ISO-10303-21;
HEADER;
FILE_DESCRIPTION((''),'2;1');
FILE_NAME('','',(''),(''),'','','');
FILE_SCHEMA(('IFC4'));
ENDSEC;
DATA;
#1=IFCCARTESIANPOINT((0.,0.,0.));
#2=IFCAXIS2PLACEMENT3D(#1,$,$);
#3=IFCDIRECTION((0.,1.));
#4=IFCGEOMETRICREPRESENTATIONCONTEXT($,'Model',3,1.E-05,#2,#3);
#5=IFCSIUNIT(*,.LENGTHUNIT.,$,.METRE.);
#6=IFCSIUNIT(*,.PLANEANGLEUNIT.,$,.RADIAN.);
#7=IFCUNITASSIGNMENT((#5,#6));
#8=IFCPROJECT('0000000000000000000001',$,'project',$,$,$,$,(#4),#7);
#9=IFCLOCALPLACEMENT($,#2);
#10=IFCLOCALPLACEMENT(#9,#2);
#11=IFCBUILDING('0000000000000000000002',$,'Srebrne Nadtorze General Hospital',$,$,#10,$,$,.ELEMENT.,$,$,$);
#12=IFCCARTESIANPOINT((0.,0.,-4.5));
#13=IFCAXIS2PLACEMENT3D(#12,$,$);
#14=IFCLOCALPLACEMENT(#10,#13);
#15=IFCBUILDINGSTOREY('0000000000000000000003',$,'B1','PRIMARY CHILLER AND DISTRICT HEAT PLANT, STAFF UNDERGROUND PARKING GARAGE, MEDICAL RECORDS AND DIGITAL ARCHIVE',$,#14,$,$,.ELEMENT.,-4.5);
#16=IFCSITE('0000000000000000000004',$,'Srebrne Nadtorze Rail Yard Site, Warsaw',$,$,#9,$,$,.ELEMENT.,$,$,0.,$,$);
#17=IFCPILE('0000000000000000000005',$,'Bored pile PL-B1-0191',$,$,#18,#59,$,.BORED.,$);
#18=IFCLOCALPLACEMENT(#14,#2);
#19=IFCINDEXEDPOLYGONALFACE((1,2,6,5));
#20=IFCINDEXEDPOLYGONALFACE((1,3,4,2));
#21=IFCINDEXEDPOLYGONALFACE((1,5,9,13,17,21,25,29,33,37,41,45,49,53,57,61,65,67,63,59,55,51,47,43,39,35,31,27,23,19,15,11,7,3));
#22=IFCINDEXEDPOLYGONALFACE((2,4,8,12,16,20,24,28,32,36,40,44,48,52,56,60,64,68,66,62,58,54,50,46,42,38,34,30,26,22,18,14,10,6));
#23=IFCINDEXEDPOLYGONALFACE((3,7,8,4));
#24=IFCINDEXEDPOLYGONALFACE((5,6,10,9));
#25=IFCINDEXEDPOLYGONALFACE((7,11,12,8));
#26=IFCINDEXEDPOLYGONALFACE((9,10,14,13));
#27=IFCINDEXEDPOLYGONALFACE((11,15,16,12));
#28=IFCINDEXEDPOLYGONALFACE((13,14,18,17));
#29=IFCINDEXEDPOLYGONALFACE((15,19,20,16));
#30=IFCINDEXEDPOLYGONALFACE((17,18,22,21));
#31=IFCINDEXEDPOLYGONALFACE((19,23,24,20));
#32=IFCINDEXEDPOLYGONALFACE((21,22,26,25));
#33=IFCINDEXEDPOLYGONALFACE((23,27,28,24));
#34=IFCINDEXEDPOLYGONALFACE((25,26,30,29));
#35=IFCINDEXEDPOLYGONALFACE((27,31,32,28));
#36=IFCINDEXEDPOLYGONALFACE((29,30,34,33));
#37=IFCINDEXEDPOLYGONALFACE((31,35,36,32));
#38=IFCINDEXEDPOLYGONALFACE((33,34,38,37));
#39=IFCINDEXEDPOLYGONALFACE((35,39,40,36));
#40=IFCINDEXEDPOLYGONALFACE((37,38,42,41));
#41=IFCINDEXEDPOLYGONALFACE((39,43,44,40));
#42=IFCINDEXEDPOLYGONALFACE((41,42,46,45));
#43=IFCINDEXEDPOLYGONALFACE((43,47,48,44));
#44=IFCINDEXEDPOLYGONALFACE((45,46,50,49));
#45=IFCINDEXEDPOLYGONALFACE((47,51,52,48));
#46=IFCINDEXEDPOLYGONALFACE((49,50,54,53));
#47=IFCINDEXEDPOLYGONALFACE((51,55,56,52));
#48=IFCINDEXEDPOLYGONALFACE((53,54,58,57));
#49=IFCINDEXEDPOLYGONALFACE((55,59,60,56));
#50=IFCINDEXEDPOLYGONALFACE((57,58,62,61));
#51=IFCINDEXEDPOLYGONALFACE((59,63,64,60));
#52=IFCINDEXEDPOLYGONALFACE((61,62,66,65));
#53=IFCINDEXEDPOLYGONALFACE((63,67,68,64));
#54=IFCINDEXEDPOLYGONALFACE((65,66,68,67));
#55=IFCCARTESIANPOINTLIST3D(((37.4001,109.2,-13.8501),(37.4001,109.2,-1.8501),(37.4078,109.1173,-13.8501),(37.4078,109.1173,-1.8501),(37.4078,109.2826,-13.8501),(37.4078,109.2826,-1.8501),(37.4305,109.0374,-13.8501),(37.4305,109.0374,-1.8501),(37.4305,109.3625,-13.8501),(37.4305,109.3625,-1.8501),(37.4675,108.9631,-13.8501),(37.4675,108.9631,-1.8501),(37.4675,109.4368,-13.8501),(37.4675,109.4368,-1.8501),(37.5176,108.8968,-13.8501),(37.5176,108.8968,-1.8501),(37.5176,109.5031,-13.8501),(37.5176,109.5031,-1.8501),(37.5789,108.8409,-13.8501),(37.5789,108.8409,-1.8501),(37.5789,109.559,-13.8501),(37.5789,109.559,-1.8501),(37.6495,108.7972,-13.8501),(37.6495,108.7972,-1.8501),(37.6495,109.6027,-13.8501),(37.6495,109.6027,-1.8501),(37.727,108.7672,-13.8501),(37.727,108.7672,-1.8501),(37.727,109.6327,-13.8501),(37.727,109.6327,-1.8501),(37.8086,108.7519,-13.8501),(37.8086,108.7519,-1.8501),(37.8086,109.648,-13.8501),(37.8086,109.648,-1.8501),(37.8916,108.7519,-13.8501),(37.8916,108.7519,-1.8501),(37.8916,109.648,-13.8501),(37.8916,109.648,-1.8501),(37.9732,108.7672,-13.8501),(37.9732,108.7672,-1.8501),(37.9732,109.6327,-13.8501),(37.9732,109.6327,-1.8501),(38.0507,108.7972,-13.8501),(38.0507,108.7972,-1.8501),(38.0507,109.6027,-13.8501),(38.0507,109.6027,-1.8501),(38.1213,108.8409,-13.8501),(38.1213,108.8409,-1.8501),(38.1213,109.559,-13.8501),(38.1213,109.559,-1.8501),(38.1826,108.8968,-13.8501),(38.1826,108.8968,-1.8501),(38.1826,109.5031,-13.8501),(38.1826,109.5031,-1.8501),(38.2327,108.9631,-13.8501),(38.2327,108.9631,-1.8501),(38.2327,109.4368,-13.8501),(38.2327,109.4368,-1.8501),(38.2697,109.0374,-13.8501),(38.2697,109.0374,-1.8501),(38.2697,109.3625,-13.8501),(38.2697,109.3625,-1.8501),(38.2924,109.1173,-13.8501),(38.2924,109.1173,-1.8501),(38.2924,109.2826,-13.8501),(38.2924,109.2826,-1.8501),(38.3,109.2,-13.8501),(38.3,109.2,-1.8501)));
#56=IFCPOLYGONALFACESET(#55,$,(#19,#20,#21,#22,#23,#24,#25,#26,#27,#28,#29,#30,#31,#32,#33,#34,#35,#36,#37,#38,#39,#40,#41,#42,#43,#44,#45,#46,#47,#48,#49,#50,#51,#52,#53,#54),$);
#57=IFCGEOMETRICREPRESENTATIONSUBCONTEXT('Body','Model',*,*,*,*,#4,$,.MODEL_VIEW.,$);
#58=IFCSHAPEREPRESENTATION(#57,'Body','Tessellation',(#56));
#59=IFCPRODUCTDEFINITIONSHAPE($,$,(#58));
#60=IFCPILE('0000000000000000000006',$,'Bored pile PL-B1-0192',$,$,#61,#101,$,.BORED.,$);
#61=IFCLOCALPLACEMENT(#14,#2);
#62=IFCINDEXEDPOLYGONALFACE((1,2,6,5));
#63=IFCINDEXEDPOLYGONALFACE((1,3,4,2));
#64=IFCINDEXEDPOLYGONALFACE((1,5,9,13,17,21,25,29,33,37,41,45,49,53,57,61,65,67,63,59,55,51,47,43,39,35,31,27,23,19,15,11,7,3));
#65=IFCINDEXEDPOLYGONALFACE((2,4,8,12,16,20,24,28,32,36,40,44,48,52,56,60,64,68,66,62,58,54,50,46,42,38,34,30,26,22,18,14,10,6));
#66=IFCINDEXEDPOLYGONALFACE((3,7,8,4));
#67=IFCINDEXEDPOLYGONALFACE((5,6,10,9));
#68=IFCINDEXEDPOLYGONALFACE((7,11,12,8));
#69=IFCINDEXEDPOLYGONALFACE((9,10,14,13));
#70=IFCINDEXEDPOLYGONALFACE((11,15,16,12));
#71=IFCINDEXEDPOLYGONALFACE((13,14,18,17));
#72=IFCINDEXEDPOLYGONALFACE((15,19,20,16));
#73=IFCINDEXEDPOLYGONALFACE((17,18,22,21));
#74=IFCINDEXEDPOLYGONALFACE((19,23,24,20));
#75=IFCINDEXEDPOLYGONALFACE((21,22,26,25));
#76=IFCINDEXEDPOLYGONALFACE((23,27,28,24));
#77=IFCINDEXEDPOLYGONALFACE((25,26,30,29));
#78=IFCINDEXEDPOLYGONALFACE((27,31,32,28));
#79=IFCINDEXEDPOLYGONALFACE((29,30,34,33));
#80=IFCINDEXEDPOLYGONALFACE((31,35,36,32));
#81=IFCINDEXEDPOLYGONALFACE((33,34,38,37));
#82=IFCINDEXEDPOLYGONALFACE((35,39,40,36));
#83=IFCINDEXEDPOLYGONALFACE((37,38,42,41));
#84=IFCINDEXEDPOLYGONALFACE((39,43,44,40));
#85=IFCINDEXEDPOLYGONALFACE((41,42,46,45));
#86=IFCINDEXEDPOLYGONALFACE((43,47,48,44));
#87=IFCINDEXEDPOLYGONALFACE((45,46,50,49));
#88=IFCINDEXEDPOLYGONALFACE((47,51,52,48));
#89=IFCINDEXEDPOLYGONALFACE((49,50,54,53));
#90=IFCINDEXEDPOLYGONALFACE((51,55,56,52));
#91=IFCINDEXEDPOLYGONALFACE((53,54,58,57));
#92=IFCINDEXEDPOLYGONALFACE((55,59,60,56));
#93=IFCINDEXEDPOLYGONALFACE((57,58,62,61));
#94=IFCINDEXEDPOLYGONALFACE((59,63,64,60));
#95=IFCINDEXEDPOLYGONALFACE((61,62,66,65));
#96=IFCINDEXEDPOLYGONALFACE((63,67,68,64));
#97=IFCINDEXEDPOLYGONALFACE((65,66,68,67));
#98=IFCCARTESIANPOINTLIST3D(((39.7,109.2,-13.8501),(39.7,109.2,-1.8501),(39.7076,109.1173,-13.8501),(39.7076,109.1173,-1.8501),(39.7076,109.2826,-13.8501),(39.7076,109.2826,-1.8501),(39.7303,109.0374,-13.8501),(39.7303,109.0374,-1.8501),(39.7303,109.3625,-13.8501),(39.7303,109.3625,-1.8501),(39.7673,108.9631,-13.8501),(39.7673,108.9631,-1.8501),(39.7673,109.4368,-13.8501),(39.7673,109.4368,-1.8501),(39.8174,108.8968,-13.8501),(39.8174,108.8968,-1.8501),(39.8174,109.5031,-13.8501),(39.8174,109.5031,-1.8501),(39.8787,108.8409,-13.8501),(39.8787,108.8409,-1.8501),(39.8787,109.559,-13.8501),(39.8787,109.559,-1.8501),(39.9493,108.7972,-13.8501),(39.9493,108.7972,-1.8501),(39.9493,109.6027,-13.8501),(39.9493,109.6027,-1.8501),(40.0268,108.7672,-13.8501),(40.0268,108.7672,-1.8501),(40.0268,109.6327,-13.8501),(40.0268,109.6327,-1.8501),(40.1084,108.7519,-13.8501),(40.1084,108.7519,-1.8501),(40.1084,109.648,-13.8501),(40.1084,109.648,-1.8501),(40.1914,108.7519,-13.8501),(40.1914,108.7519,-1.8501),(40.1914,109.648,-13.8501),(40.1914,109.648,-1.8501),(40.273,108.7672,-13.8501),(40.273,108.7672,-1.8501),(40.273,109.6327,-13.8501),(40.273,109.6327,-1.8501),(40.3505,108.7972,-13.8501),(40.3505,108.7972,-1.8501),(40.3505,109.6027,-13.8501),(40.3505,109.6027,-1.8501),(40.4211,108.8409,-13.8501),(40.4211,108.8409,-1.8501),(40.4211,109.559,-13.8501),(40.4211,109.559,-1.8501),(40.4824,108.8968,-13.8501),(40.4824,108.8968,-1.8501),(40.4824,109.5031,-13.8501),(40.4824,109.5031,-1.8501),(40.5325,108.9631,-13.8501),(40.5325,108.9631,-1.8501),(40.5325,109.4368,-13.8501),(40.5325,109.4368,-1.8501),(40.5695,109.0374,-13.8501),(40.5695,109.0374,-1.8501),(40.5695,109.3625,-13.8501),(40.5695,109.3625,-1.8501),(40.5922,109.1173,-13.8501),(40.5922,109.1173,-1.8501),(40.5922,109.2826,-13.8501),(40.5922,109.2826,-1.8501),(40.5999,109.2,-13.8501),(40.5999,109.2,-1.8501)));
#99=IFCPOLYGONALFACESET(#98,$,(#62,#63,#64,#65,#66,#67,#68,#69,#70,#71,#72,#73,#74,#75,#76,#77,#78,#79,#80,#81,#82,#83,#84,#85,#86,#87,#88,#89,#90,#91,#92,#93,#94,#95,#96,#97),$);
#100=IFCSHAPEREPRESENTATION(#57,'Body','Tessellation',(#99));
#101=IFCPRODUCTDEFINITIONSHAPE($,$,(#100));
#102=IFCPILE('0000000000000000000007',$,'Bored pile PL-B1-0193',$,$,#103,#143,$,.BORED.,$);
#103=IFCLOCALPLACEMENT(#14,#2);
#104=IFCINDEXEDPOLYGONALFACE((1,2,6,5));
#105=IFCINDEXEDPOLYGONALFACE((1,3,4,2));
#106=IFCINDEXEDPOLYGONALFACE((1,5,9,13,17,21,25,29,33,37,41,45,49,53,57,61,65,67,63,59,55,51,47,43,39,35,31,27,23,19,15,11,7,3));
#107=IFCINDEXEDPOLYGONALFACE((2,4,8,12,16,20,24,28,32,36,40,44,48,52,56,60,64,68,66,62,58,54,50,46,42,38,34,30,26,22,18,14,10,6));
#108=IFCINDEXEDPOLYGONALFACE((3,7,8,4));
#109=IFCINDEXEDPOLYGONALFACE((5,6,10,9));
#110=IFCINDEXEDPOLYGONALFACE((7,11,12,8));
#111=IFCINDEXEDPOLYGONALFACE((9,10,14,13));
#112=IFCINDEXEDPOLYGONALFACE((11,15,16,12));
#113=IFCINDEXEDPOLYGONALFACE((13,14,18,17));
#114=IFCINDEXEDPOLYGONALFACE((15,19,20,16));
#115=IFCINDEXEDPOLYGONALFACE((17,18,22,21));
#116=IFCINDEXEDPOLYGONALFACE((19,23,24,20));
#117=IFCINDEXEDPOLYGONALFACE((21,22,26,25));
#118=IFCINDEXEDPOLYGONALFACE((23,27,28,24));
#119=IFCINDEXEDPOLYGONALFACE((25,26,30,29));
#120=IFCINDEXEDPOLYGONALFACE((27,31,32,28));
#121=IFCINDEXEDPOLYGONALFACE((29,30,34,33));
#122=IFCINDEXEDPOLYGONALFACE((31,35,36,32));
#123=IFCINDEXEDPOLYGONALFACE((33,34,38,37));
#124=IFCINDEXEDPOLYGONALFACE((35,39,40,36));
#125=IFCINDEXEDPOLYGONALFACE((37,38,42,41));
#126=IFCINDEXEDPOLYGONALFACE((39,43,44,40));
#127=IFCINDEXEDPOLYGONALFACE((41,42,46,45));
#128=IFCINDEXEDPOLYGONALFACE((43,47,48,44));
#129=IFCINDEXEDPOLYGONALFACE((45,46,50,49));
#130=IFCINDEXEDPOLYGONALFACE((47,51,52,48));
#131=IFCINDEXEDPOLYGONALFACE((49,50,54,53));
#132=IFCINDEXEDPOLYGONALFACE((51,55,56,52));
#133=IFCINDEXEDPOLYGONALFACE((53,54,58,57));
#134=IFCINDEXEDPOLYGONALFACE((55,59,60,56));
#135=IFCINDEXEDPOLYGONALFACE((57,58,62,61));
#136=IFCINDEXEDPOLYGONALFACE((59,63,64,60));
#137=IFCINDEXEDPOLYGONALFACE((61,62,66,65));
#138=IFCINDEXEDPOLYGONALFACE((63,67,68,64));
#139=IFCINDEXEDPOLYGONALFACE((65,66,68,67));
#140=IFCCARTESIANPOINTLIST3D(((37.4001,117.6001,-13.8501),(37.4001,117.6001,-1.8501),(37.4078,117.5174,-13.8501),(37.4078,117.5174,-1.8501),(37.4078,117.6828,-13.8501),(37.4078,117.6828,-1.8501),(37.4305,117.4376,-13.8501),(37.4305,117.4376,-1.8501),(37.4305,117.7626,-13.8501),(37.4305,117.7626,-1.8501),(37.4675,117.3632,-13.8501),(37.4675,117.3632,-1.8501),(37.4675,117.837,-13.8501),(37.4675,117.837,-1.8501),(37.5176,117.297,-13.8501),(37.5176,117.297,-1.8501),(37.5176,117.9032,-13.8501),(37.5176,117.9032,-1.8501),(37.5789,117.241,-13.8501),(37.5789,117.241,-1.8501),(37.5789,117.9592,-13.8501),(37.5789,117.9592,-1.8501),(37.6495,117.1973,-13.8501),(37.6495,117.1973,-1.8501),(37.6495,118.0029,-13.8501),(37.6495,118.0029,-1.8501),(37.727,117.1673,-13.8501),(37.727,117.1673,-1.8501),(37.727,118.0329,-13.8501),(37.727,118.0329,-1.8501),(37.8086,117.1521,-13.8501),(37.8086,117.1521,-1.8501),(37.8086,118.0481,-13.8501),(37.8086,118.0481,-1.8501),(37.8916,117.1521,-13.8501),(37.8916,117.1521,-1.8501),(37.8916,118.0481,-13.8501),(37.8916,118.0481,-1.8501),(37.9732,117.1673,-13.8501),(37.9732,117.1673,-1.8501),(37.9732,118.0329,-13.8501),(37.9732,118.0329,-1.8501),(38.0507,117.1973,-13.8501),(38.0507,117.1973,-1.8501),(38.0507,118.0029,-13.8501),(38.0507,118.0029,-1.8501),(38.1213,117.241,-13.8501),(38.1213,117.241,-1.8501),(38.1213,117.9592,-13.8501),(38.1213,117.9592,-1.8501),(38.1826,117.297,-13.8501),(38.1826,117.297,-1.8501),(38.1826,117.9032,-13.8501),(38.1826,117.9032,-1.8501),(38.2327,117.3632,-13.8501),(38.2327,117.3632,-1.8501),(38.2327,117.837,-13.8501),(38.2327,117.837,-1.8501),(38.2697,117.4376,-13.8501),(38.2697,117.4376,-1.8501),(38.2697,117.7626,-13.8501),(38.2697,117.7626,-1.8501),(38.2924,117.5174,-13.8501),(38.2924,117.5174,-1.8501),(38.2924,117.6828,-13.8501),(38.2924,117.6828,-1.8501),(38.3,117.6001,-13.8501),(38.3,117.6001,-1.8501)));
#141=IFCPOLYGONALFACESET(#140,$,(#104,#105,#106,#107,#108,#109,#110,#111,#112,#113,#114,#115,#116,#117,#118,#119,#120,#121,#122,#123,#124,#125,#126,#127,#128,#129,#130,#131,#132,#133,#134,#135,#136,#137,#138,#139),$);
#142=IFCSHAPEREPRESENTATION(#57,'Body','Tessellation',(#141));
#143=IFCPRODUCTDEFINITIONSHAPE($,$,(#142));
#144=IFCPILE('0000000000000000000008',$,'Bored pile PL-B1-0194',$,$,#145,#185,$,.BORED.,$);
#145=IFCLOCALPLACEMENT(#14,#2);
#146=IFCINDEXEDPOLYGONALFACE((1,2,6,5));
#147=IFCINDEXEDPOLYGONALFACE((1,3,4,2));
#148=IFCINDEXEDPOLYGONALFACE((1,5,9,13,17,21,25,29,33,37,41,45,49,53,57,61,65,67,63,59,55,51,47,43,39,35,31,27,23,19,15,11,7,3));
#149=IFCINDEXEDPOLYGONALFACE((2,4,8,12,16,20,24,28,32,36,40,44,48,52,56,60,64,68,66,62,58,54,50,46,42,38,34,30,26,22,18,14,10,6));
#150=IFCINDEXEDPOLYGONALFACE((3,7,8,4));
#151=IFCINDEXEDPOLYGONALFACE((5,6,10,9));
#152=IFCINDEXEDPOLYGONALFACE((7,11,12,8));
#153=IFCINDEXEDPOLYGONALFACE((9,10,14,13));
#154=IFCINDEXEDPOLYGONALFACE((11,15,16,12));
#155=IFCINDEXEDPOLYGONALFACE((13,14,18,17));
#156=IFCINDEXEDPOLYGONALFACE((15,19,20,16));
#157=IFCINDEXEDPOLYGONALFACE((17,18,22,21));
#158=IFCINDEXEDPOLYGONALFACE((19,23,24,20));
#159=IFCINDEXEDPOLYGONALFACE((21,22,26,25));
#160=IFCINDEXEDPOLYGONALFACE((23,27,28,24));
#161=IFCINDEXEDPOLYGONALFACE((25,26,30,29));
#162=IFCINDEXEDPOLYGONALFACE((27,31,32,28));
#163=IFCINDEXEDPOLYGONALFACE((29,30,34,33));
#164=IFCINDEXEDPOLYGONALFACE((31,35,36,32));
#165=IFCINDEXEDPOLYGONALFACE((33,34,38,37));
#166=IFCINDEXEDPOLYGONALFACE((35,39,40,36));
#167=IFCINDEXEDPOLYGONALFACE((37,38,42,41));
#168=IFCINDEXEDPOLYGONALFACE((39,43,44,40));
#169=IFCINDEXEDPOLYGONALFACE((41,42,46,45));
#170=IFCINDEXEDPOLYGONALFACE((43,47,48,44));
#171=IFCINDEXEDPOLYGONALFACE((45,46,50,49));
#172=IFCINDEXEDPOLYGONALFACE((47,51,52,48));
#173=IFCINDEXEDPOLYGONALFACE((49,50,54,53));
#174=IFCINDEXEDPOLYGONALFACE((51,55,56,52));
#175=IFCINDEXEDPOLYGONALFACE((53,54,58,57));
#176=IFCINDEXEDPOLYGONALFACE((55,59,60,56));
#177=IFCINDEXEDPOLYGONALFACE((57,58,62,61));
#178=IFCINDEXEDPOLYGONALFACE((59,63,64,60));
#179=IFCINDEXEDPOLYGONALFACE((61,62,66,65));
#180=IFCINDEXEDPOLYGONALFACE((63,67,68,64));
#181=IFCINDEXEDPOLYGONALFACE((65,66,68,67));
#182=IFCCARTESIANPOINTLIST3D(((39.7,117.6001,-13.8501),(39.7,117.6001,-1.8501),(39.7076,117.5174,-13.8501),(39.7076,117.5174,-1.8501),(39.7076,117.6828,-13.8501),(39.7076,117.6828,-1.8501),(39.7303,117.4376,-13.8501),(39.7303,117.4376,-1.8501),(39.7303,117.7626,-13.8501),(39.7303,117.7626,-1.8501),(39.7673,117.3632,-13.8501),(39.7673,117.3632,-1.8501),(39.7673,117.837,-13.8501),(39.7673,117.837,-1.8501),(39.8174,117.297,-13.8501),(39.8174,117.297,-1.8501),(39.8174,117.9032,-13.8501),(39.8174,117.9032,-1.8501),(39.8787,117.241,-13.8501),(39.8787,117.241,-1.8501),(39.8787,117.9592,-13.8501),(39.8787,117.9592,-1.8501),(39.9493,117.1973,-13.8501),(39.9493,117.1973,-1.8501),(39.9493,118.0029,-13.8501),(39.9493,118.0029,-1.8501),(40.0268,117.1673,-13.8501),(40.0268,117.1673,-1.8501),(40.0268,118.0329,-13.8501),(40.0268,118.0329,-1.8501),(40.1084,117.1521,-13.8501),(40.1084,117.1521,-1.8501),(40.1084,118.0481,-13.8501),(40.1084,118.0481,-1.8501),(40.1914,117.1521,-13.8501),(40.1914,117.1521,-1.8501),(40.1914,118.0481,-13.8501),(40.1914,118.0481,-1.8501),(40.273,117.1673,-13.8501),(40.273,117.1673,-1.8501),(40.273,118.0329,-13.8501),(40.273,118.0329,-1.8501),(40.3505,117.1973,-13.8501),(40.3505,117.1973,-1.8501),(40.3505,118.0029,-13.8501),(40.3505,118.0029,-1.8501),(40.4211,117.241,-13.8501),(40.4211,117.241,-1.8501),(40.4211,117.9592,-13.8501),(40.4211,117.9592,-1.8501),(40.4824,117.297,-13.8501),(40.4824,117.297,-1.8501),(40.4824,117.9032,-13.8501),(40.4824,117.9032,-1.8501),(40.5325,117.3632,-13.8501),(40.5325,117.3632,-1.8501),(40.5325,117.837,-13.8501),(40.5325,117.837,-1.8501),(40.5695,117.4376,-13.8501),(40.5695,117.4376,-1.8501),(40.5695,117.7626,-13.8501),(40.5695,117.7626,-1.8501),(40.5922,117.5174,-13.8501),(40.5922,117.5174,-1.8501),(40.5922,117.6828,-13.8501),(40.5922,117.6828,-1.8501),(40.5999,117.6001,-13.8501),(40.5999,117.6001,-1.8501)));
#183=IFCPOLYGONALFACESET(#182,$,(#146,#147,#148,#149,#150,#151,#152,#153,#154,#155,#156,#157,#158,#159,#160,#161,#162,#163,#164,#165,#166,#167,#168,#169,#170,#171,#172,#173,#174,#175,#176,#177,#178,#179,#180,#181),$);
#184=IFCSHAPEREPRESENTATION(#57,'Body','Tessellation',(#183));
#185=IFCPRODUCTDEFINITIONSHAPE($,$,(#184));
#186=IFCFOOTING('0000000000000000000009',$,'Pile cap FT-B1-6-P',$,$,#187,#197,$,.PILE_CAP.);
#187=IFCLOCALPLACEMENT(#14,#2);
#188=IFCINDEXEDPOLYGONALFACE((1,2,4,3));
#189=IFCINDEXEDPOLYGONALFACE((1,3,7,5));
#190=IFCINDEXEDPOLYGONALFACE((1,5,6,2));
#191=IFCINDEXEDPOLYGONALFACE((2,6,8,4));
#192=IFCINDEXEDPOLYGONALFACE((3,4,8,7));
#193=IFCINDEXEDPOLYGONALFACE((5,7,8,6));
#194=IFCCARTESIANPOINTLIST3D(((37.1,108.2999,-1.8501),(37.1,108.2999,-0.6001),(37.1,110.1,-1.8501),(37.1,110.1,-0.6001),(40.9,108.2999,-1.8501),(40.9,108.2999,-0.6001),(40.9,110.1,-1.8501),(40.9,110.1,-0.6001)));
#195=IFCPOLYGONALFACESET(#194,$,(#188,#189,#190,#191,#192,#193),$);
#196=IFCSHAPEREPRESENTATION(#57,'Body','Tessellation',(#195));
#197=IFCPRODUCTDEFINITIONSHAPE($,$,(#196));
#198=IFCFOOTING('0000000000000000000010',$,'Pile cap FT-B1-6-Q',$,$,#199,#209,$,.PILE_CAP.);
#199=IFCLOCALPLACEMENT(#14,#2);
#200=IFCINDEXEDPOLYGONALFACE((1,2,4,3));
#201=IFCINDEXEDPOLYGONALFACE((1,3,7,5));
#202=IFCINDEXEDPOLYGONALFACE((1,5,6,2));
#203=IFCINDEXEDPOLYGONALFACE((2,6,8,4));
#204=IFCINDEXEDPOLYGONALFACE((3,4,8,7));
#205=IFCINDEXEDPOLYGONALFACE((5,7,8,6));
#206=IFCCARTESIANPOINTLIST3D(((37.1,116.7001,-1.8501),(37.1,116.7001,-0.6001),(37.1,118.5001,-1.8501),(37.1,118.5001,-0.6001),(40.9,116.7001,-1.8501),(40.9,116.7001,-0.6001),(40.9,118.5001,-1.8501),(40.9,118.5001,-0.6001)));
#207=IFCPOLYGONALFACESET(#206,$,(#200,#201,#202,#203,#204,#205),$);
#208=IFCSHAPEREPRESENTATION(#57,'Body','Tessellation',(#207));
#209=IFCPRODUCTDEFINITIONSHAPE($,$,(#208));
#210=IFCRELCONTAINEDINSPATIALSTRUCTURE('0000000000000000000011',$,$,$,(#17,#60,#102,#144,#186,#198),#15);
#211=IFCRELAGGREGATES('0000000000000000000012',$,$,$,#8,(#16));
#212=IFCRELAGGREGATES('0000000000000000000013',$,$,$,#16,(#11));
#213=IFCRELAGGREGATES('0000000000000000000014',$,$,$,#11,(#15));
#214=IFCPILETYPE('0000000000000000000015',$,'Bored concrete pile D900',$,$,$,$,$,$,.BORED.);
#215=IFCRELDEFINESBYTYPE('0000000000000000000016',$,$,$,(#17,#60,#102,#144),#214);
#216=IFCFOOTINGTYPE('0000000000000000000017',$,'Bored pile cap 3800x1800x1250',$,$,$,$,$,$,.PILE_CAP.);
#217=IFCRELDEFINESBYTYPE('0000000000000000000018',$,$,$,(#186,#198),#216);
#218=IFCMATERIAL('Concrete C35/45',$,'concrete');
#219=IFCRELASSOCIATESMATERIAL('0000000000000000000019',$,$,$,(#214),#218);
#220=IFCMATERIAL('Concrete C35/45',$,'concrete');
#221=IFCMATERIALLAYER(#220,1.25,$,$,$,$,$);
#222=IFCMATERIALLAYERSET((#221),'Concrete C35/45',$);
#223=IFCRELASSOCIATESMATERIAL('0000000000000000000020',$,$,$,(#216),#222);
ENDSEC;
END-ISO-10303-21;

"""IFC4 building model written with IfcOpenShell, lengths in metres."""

from ifc_helpers import new_model, si_unit, direction, frame, origin, origin_2d, place, context, subcontext, project, spatial, rectangle, circle, extrude, material, layer, layer_set, material_profile, profile_set, type_object, element, save


model = new_model("IFC4")

# Units and contexts
model_context = context("Model", 3, precision=1e-05, world=origin(), true_north=direction((0.0, 1.0)))
body_context = subcontext(model_context, "Body", "Model", "MODEL_VIEW")
ifc_project = project(units=[si_unit("LENGTHUNIT", "METRE"), si_unit("PLANEANGLEUNIT", "RADIAN")], contexts=[model_context])

# Site, building, storey
site_placement = place(None, origin())
site = spatial("IfcSite", under=ifc_project, at=site_placement, Name="Srebrne Nadtorze Rail Yard Site, Warsaw", CompositionType="ELEMENT", RefElevation=0.0)
building_placement = place(site_placement, origin())
building = spatial("IfcBuilding", under=site, at=building_placement, Name="Srebrne Nadtorze General Hospital", CompositionType="ELEMENT")
storey_placement = place(building_placement, frame((0.0, 0.0, -4.5)))
storey = spatial("IfcBuildingStorey", under=building, at=storey_placement, Name="B1", Description="PRIMARY CHILLER AND DISTRICT HEAT PLANT, STAFF UNDERGROUND PARKING GARAGE, MEDICAL RECORDS AND DIGITAL ARCHIVE", CompositionType="ELEMENT", Elevation=-4.5)

# Piles
ifc_material_1 = material(Name="Concrete C35/45", Category="concrete")
ifc_material_profile_1 = material_profile(ifc_material_1, circle(Radius=0.45, at=origin_2d()), Name="PILE-D900")
ifc_profile_set_1 = profile_set([ifc_material_profile_1], Name="Concrete C35/45")
pile_type_1 = type_object("IfcPileType", Name="Bored concrete pile D900", PredefinedType="BORED", material=ifc_profile_set_1)
for number, where, z_axis, x_axis, name in (
    (1, (37.8501, 109.2, -1.8501), (0.0, 0.0, -1.0), (1.0, 0.0, 0.0), "Bored pile PL-B1-0191"),
    (2, (40.1499, 109.2, -1.8501), (0.0, 0.0, -1.0), (1.0, 0.0, 0.0), "Bored pile PL-B1-0192"),
    (3, (37.8501, 117.6001, -1.8501), (0.0, 0.0, -1.0), (1.0, 0.0, 0.0), "Bored pile PL-B1-0193"),
    (4, (40.1499, 117.6001, -1.8501), (0.0, 0.0, -1.0), (1.0, 0.0, 0.0), "Bored pile PL-B1-0194"),
):
    element("IfcPile", number, at=place(storey_placement, frame(where, z_axis=z_axis, x_axis=x_axis)), inside=storey, type_object=pile_type_1, Name=name, PredefinedType="BORED", context=body_context, shape_type="SweptSolid", body=[
        extrude(circle(Radius=0.45, at=origin_2d()), origin(), (0.0, 0.0, 1.0), 12.0),
    ])

# Footings
ifc_material_2 = material(Name="Concrete C35/45", Category="concrete")
ifc_layer_1 = layer(ifc_material_2, 1.25)
ifc_layer_set_1 = layer_set([ifc_layer_1], Name="Concrete C35/45")
footing_type_1 = type_object("IfcFootingType", Name="Bored pile cap 3800x1800x1250", PredefinedType="PILE_CAP", material=ifc_layer_set_1)
for number, where, z_axis, x_axis, name in (
    (5, (39.0, 109.2, -1.8501), (0.0, 0.0, 1.0), (1.0, 0.0, 0.0), "Pile cap FT-B1-6-P"),
    (6, (39.0, 117.6001, -1.8501), (0.0, 0.0, 1.0), (1.0, 0.0, 0.0), "Pile cap FT-B1-6-Q"),
):
    element("IfcFooting", number, at=place(storey_placement, frame(where, z_axis=z_axis, x_axis=x_axis)), inside=storey, type_object=footing_type_1, Name=name, PredefinedType="PILE_CAP", context=body_context, shape_type="SweptSolid", body=[
        extrude(rectangle(XDim=3.8, YDim=1.8, at=origin_2d()), origin(), (0.0, 0.0, 1.0), 1.25),
    ])

save(model, "model.ifc")
